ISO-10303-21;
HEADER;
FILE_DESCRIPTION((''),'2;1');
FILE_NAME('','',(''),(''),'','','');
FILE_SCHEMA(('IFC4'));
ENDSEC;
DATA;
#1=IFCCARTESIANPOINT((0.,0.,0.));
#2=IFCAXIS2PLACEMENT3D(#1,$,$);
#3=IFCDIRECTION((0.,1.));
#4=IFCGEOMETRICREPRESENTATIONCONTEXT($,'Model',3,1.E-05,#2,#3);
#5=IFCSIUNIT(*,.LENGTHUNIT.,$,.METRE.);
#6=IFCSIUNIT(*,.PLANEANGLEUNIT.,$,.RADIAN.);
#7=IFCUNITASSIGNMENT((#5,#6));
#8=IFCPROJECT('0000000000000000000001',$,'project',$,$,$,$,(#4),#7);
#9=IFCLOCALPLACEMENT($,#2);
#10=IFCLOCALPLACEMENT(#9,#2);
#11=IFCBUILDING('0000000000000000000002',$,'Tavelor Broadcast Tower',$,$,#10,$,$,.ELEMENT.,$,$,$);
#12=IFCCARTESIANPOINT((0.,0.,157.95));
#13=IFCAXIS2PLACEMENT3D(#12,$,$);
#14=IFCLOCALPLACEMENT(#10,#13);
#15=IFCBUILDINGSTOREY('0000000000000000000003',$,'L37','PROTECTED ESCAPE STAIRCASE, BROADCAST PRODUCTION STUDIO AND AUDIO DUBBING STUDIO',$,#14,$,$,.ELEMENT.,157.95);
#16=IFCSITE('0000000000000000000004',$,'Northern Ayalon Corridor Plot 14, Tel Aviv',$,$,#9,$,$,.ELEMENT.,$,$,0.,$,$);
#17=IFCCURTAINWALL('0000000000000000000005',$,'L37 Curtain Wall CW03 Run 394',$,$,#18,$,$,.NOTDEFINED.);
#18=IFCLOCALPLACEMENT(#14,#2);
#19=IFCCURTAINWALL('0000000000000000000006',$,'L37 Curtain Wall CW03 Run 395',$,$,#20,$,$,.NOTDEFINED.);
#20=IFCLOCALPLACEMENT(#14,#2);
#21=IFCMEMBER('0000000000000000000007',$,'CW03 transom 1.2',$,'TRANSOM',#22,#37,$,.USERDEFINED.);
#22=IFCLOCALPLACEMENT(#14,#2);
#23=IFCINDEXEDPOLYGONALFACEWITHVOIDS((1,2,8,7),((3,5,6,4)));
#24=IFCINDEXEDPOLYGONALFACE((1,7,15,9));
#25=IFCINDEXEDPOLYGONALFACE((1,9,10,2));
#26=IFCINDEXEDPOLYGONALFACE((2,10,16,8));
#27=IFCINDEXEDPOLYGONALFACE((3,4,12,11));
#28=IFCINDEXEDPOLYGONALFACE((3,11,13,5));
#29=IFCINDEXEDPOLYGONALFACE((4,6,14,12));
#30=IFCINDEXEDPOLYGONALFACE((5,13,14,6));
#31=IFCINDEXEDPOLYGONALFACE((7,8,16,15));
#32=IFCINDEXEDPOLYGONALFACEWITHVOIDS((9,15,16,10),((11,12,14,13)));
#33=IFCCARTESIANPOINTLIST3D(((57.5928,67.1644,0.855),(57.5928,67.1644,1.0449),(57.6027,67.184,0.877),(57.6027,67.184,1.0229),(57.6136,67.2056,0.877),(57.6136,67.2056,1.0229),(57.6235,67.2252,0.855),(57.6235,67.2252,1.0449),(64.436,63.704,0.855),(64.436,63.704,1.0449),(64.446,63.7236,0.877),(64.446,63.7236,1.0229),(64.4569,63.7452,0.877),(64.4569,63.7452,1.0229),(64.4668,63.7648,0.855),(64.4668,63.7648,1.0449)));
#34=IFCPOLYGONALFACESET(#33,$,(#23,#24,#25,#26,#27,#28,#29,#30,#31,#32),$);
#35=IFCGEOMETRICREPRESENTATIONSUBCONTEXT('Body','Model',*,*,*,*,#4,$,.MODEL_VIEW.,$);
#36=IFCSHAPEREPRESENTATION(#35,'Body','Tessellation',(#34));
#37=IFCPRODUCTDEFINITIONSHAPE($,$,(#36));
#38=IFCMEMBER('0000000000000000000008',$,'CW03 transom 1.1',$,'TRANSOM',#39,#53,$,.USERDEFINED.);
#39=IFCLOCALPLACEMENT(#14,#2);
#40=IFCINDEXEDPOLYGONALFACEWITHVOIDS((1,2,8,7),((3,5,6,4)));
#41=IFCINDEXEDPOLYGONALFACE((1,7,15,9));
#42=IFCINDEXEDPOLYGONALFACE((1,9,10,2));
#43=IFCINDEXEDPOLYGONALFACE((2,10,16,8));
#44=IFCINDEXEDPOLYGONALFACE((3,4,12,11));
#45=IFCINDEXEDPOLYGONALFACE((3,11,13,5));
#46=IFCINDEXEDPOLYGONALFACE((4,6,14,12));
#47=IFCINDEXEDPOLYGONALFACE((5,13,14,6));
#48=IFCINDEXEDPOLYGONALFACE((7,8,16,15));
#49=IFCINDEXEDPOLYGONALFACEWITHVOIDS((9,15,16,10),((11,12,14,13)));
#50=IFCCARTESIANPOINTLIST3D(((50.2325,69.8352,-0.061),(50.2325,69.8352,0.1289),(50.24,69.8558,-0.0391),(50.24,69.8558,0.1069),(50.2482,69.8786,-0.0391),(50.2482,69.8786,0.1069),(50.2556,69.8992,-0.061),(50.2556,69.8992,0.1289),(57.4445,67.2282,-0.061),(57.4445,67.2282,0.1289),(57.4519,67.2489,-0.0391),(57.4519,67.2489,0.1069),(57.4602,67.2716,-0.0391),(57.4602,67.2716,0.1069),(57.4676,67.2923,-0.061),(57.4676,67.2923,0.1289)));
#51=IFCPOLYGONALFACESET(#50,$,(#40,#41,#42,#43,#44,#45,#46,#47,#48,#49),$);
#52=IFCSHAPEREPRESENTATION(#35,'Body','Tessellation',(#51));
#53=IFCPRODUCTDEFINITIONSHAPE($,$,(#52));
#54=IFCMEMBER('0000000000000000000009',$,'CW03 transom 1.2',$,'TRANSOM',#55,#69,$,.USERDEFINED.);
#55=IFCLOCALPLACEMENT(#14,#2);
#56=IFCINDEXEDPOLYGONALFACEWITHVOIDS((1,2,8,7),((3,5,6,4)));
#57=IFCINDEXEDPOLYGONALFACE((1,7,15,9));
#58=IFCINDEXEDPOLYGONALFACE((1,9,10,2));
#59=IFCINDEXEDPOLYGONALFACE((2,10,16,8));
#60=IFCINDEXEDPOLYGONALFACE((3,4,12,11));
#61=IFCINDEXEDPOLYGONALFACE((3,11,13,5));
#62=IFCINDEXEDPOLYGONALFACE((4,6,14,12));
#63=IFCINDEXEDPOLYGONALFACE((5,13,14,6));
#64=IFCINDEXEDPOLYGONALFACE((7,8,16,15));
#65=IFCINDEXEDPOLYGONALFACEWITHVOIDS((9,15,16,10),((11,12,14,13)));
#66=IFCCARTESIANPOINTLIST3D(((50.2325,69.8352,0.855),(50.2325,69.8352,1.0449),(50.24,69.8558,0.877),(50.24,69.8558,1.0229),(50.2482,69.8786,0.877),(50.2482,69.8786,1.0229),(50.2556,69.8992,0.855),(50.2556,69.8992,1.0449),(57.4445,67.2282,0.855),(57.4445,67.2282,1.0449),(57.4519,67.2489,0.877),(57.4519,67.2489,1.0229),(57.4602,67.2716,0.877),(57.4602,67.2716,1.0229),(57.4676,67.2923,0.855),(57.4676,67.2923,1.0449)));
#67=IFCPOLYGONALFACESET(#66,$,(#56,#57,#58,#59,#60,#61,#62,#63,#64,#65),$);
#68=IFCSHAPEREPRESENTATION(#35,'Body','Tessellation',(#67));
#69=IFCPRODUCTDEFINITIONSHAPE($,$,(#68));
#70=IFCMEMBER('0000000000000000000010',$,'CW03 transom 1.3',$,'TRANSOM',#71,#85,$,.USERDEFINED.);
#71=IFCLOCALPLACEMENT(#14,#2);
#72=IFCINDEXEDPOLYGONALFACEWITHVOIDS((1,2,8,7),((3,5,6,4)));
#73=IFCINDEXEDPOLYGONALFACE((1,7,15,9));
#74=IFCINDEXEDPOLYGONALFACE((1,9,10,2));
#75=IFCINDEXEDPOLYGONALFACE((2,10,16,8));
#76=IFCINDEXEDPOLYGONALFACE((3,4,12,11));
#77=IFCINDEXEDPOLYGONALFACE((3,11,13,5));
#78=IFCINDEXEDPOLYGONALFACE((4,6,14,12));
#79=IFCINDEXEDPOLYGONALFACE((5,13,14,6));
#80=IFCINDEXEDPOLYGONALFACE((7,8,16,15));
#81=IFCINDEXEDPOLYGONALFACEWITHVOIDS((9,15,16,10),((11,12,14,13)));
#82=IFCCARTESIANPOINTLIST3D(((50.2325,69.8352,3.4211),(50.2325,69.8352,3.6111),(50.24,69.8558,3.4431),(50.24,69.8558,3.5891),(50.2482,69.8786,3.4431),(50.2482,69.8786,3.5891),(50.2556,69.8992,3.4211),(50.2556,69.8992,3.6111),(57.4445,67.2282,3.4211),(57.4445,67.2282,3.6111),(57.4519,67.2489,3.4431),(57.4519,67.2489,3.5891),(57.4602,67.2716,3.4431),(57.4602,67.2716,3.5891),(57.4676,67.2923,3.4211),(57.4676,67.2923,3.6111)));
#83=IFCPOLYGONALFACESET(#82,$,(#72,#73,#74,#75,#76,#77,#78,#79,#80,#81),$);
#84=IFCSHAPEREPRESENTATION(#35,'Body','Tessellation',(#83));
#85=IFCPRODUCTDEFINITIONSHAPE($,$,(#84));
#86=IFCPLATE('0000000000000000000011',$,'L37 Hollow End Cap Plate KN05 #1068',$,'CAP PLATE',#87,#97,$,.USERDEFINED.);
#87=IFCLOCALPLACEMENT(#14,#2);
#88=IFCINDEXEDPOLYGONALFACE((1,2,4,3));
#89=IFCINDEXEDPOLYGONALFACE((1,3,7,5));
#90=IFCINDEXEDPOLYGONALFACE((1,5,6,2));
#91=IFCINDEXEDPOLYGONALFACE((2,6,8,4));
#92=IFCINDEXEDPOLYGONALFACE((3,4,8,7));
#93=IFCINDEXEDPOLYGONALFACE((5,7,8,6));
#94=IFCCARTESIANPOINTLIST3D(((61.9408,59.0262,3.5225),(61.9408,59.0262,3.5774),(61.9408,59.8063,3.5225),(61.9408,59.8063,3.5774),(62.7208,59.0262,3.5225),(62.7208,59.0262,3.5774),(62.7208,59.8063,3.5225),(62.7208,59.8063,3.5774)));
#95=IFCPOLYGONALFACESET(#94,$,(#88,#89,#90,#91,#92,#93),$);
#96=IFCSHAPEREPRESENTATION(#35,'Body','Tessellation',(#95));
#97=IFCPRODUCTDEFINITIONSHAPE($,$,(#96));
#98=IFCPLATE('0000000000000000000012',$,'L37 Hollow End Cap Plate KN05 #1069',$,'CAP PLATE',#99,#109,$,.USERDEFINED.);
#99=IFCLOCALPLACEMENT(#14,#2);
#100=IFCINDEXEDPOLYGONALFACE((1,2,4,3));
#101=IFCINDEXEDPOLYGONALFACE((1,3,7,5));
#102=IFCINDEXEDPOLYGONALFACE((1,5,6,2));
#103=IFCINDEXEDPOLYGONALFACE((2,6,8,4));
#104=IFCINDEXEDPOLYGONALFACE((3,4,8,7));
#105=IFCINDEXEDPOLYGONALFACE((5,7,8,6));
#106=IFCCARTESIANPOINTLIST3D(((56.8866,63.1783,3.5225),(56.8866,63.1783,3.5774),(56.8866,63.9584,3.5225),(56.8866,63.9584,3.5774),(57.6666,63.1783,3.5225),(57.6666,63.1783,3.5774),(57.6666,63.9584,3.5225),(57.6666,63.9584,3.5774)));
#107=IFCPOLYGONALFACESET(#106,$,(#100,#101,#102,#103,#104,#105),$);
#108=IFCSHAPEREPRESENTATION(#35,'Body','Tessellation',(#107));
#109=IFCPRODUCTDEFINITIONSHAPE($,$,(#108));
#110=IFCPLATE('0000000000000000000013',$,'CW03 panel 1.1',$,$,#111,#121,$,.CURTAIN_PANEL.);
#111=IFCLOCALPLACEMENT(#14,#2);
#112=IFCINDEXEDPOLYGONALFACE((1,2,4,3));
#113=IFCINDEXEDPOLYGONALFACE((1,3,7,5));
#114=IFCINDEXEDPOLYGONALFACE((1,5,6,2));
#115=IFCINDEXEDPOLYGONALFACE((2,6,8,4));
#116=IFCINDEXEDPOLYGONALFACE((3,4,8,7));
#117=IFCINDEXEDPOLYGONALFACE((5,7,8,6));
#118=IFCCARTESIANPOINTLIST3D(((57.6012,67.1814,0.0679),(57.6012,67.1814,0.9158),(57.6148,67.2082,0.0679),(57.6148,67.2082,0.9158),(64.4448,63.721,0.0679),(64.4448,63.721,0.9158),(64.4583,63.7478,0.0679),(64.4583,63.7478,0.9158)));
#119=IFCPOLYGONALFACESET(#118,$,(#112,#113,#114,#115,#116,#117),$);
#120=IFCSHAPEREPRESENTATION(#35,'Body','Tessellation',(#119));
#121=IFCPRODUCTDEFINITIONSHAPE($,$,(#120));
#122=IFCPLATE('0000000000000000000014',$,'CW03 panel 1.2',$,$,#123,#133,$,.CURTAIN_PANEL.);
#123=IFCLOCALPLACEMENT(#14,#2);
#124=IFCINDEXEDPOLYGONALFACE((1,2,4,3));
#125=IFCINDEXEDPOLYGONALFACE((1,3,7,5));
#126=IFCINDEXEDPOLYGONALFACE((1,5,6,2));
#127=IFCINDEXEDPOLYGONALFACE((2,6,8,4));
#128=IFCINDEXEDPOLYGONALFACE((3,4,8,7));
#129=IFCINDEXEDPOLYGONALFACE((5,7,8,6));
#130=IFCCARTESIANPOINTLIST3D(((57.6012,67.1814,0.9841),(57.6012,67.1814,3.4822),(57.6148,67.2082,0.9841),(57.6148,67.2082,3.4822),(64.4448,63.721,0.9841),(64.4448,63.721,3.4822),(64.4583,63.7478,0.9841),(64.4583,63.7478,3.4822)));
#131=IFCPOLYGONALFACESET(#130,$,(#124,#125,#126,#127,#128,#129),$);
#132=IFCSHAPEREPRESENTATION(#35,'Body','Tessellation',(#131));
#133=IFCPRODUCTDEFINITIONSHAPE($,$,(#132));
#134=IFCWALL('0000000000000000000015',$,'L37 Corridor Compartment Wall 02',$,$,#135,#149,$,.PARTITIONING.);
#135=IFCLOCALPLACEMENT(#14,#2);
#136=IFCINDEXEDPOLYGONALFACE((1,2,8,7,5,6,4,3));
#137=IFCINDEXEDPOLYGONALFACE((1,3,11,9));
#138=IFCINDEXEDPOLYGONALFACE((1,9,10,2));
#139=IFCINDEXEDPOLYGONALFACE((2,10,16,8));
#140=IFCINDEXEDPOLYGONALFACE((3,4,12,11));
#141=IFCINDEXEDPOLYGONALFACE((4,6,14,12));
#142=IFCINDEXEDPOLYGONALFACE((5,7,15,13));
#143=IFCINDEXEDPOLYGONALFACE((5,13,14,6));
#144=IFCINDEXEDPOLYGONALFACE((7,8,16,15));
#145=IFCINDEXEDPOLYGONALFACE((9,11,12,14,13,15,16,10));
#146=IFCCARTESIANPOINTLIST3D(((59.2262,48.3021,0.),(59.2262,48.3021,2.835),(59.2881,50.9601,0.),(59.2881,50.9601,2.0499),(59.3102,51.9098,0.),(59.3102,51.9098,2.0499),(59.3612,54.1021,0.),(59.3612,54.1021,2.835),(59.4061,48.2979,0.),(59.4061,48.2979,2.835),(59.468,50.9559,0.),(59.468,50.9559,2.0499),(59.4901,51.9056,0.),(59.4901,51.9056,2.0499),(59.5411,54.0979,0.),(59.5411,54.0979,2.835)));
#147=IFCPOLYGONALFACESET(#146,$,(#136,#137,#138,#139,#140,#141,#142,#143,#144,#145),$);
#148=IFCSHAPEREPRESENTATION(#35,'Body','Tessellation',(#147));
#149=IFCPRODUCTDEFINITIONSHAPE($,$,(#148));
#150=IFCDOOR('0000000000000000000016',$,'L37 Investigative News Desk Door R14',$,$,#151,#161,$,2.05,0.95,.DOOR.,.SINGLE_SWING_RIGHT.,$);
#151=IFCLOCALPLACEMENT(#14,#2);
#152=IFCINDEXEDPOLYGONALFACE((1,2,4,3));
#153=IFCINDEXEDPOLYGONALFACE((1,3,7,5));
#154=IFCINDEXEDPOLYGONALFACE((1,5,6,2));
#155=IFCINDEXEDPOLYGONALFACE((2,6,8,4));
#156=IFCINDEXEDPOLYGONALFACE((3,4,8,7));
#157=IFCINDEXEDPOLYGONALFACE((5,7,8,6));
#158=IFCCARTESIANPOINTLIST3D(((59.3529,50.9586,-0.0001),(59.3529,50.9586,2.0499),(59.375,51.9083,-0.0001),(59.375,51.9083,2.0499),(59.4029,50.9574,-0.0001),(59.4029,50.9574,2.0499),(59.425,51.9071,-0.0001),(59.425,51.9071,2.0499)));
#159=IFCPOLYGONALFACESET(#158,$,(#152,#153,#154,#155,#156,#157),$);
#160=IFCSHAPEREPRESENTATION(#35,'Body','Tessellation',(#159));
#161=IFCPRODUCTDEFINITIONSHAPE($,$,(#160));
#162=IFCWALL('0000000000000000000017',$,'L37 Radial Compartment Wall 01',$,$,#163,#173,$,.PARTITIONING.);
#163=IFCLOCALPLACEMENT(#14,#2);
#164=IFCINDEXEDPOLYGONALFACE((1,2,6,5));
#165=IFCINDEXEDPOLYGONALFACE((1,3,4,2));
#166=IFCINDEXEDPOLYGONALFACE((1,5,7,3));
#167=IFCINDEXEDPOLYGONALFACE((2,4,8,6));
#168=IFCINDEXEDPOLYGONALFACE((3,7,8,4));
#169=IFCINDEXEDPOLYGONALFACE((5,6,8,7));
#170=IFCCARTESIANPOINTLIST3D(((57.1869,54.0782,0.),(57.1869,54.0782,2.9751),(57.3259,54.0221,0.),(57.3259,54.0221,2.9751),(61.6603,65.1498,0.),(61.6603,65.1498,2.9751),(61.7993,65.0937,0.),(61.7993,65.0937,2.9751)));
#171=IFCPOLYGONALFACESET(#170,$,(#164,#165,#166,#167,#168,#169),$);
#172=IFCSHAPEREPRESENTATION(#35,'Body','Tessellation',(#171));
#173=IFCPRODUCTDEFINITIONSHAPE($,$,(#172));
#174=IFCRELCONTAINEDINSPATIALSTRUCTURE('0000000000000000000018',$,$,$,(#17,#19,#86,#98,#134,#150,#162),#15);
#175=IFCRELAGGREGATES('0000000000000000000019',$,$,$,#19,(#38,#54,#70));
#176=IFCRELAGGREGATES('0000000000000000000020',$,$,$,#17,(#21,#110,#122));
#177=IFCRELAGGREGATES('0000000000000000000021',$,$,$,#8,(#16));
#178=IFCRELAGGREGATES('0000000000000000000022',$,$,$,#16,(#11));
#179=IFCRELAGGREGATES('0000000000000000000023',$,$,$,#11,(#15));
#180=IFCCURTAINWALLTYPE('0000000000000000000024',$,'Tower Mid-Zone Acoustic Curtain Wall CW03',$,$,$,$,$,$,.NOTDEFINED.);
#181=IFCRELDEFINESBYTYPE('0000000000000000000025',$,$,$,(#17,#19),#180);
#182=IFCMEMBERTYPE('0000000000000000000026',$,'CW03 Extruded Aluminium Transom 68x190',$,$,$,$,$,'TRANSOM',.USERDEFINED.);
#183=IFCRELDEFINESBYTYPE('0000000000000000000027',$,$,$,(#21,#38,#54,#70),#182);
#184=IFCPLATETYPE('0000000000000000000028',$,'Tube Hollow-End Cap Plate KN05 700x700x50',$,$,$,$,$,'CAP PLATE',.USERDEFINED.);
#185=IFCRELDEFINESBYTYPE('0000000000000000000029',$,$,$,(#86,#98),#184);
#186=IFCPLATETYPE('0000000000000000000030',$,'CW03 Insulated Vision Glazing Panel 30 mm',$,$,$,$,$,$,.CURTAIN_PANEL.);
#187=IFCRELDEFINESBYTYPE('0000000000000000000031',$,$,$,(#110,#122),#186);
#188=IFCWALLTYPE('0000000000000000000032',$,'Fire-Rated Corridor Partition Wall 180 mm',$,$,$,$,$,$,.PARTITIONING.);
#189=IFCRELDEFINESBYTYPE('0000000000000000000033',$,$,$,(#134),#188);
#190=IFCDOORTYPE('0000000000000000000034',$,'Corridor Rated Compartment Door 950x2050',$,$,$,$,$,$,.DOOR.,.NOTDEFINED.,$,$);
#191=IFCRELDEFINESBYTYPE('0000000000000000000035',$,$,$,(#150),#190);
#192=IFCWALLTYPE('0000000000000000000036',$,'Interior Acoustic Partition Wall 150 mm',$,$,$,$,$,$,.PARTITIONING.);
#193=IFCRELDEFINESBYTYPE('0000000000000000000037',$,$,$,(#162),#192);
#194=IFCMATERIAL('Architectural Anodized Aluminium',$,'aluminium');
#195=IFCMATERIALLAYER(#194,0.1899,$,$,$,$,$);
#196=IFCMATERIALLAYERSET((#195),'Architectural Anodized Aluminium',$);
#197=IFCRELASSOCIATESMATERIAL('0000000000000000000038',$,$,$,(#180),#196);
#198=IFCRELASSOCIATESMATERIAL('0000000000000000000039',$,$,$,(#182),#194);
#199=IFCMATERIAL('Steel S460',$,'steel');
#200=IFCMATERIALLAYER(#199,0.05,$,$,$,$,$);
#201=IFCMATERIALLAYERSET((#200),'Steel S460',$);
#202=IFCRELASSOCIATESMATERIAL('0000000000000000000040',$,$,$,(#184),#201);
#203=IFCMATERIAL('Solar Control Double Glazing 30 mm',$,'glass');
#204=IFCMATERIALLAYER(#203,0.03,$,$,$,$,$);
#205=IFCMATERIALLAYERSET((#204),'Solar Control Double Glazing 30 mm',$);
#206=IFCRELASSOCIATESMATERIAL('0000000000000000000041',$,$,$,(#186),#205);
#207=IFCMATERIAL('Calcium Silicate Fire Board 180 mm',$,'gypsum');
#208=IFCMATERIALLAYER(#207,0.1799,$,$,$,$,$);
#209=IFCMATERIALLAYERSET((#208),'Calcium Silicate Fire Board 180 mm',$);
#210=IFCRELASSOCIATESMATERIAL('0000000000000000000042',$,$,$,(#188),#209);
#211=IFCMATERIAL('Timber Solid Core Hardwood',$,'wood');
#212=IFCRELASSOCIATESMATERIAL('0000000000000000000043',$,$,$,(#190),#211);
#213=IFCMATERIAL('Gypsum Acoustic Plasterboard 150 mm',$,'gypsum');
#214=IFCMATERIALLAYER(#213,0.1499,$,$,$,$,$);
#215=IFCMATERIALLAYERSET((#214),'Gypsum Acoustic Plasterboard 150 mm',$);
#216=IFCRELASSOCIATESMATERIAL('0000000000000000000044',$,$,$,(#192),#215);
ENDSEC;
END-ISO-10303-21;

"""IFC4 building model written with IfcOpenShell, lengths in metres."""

from ifc_helpers import new_model, si_unit, direction, frame, frame_2d, origin, origin_2d, place, context, subcontext, project, spatial, rectangle, hollow_rectangle, extrude, source, transform, mapped, material, layer, layer_set, material_profile, profile_set, type_object, type_shapes, element, fill, aggregate, save


model = new_model("IFC4")

# Units and contexts
model_context = context("Model", 3, precision=1e-05, world=origin(), true_north=direction((0.0, 1.0)))
body_context = subcontext(model_context, "Body", "Model", "MODEL_VIEW")
ifc_project = project(units=[si_unit("LENGTHUNIT", "METRE"), si_unit("PLANEANGLEUNIT", "RADIAN")], contexts=[model_context])

# Site, building, storey
site_placement = place(None, origin())
site = spatial("IfcSite", under=ifc_project, at=site_placement, Name="Northern Ayalon Corridor Plot 14, Tel Aviv", CompositionType="ELEMENT", RefElevation=0.0)
building_placement = place(site_placement, origin())
building = spatial("IfcBuilding", under=site, at=building_placement, Name="Tavelor Broadcast Tower", CompositionType="ELEMENT")
storey_placement = place(building_placement, frame((0.0, 0.0, 157.95)))
storey = spatial("IfcBuildingStorey", under=building, at=storey_placement, Name="L37", Description="PROTECTED ESCAPE STAIRCASE, BROADCAST PRODUCTION STUDIO AND AUDIO DUBBING STUDIO", CompositionType="ELEMENT", Elevation=157.95)

# Shared definitions
ifc_material_1 = material(Name="Steel S460", Category="steel")

# Curtain walls
ifc_material_2 = material(Name="Architectural Anodized Aluminium", Category="aluminium")
ifc_layer_1 = layer(ifc_material_2, 0.1899)
ifc_layer_set_1 = layer_set([ifc_layer_1], Name="Architectural Anodized Aluminium")
curtain_wall_type = type_object("IfcCurtainWallType", Name="Tower Mid-Zone Acoustic Curtain Wall CW03", PredefinedType="NOTDEFINED", material=ifc_layer_set_1)
curtain_wall_1_placement = place(storey_placement, origin())
curtain_wall_1 = element("IfcCurtainWall", 1, at=curtain_wall_1_placement, inside=storey, type_object=curtain_wall_type, Name="L37 Curtain Wall CW03 Run 394", PredefinedType="NOTDEFINED")
curtain_wall_2_placement = place(storey_placement, origin())
curtain_wall_2 = element("IfcCurtainWall", 2, at=curtain_wall_2_placement, inside=storey, type_object=curtain_wall_type, Name="L37 Curtain Wall CW03 Run 395", PredefinedType="NOTDEFINED")

# Members
ifc_material_profile_1 = material_profile(ifc_material_2, hollow_rectangle(XDim=0.0681, YDim=0.1899, WallThickness=0.022, at=origin_2d()), Name="RHS 68x190x22")
ifc_profile_set_1 = profile_set([ifc_material_profile_1], Name="Architectural Anodized Aluminium")
member_type_1 = type_object("IfcMemberType", Name="CW03 Extruded Aluminium Transom 68x190", ElementType="TRANSOM", PredefinedType="USERDEFINED", material=ifc_profile_set_1)
shared_shape_1 = source(origin(), body_context, "Body", "SweptSolid", [
    extrude(hollow_rectangle(XDim=0.0681, YDim=0.1899, WallThickness=0.022, at=origin_2d()), origin(), (0.0, 0.0, 1.0), 7.6685),
])
member_1_placement = place(storey_placement, frame((64.4514, 63.7344, 0.95), z_axis=(-0.892393, 0.451259, 0.0), x_axis=(-0.451259, -0.892393, 0.0)))
member_1 = element("IfcMember", 3, at=member_1_placement, type_object=member_type_1, Name="CW03 transom 1.2", ObjectType="TRANSOM", PredefinedType="USERDEFINED", context=body_context, shape_type="MappedRepresentation", body=[
    mapped(shared_shape_1, transform((0.0, 0.0, 0.0), scale=1.0)),
])
shared_shape_2 = source(origin(), body_context, "Body", "SweptSolid", [
    extrude(hollow_rectangle(XDim=0.0681, YDim=0.1899, WallThickness=0.022, at=origin_2d()), origin(), (0.0, 0.0, 1.0), 7.6687),
])
type_shapes(member_type_1, [shared_shape_1, shared_shape_2])
member_2_placement = place(storey_placement, frame((57.4561, 67.2603, 0.0339), z_axis=(-0.940444, 0.339948, 0.0), x_axis=(-0.339948, -0.940444, 0.0)))
member_2 = element("IfcMember", 4, at=member_2_placement, type_object=member_type_1, Name="CW03 transom 1.1", ObjectType="TRANSOM", PredefinedType="USERDEFINED", context=body_context, shape_type="MappedRepresentation", body=[
    mapped(shared_shape_2, transform((0.0, 0.0, 0.0), scale=1.0)),
])
member_3_placement = place(storey_placement, frame((57.4561, 67.2603, 0.95), z_axis=(-0.940444, 0.339948, 0.0), x_axis=(-0.339948, -0.940444, 0.0)))
member_3 = element("IfcMember", 5, at=member_3_placement, type_object=member_type_1, Name="CW03 transom 1.2", ObjectType="TRANSOM", PredefinedType="USERDEFINED", context=body_context, shape_type="MappedRepresentation", body=[
    mapped(shared_shape_2, transform((0.0, 0.0, 0.0), scale=1.0)),
])
member_4_placement = place(storey_placement, frame((57.4561, 67.2603, 3.5161), z_axis=(-0.940444, 0.339948, 0.0), x_axis=(-0.339948, -0.940444, 0.0)))
member_4 = element("IfcMember", 6, at=member_4_placement, type_object=member_type_1, Name="CW03 transom 1.3", ObjectType="TRANSOM", PredefinedType="USERDEFINED", context=body_context, shape_type="MappedRepresentation", body=[
    mapped(shared_shape_2, transform((0.0, 0.0, 0.0), scale=1.0)),
])
aggregate(curtain_wall_2, [member_2, member_3, member_4])

# Plates
ifc_layer_2 = layer(ifc_material_1, 0.05)
ifc_layer_set_2 = layer_set([ifc_layer_2], Name="Steel S460")
plate_type_1 = type_object("IfcPlateType", Name="Tube Hollow-End Cap Plate KN05 700x700x50", ElementType="CAP PLATE", PredefinedType="USERDEFINED", material=ifc_layer_set_2)
shared_shape_3 = source(origin(), body_context, "Body", "SweptSolid", [
    extrude(rectangle(XDim=0.78, YDim=0.78, at=origin_2d()), origin(), (0.0, 0.0, 1.0), 0.0549),
])
type_shapes(plate_type_1, [shared_shape_3])
for number, where, z_axis, x_axis, name in (
    (7, (62.3308, 59.4163, 3.5225), (0.0, 0.0, 1.0), (1.0, 0.0, 0.0), "L37 Hollow End Cap Plate KN05 #1068"),
    (8, (57.2766, 63.5684, 3.5225), (0.0, 0.0, 1.0), (1.0, 0.0, 0.0), "L37 Hollow End Cap Plate KN05 #1069"),
):
    element("IfcPlate", number, at=place(storey_placement, frame(where, z_axis=z_axis, x_axis=x_axis)), inside=storey, type_object=plate_type_1, Name=name, ObjectType="CAP PLATE", PredefinedType="USERDEFINED", context=body_context, shape_type="MappedRepresentation", body=[
        mapped(shared_shape_3, transform((0.0, 0.0, 0.0), scale=1.0)),
    ])

# Plates
ifc_material_3 = material(Name="Solar Control Double Glazing 30 mm", Category="glass")
ifc_layer_3 = layer(ifc_material_3, 0.03)
ifc_layer_set_3 = layer_set([ifc_layer_3], Name="Solar Control Double Glazing 30 mm")
plate_type_2 = type_object("IfcPlateType", Name="CW03 Insulated Vision Glazing Panel 30 mm", PredefinedType="CURTAIN_PANEL", material=ifc_layer_set_3)
shared_shape_4 = source(origin(), body_context, "Body", "SweptSolid", [
    extrude(rectangle(XDim=7.6687, YDim=0.03, at=origin_2d()), origin(), (0.0, 0.0, 1.0), 0.8479),
])
plate_1_placement = place(storey_placement, frame((61.0298, 65.4646, 0.0679), z_axis=(0.0, 0.0, 1.0), x_axis=(-0.892399, 0.451248, 0.0)))
plate_1 = element("IfcPlate", 9, at=plate_1_placement, type_object=plate_type_2, Name="CW03 panel 1.1", PredefinedType="CURTAIN_PANEL", context=body_context, shape_type="MappedRepresentation", body=[
    mapped(shared_shape_4, transform((0.0, 0.0, 0.0), scale=1.0)),
])
shared_shape_5 = source(origin(), body_context, "Body", "SweptSolid", [
    extrude(rectangle(XDim=7.6687, YDim=0.03, at=origin_2d()), origin(), (0.0, 0.0, 1.0), 2.498),
])
type_shapes(plate_type_2, [shared_shape_4, shared_shape_5])
plate_2_placement = place(storey_placement, frame((61.0298, 65.4646, 0.9841), z_axis=(0.0, 0.0, 1.0), x_axis=(-0.892399, 0.451248, 0.0)))
plate_2 = element("IfcPlate", 10, at=plate_2_placement, type_object=plate_type_2, Name="CW03 panel 1.2", PredefinedType="CURTAIN_PANEL", context=body_context, shape_type="MappedRepresentation", body=[
    mapped(shared_shape_5, transform((0.0, 0.0, 0.0), scale=1.0)),
])
aggregate(curtain_wall_1, [member_1, plate_1, plate_2])

# Wall, opening, door
ifc_material_4 = material(Name="Calcium Silicate Fire Board 180 mm", Category="gypsum")
ifc_layer_4 = layer(ifc_material_4, 0.1799)
ifc_layer_set_4 = layer_set([ifc_layer_4], Name="Calcium Silicate Fire Board 180 mm")
wall_type_1 = type_object("IfcWallType", Name="Fire-Rated Corridor Partition Wall 180 mm", PredefinedType="PARTITIONING", material=ifc_layer_set_4)
wall_1_placement = place(storey_placement, frame((59.4512, 54.1001, 0.0), z_axis=(0.0, 0.0, 1.0), x_axis=(-0.023271, -0.999729, 0.0)))
wall_1 = element("IfcWall", 11, at=wall_1_placement, inside=storey, type_object=wall_type_1, Name="L37 Corridor Compartment Wall 02", PredefinedType="PARTITIONING", context=body_context, shape_type="SweptSolid", body=[
    extrude(rectangle(XDim=5.8015, YDim=0.1799, at=frame_2d((2.9009, 0.0))), origin(), (0.0, 0.0, 1.0), 2.835),
])
opening_1_placement = place(wall_1_placement, frame((2.1929, 0.0, 0.0)))
opening_1 = element("IfcOpeningElement", 12, at=opening_1_placement, cuts=wall_1, PredefinedType="OPENING", context=body_context, shape_type="SweptSolid", body=[
    extrude(rectangle(XDim=0.95, YDim=2.05, at=frame_2d((0.4751, 1.0249))), frame((0.0, 0.1001, 0.0), z_axis=(0.0, -1.0, 0.0), x_axis=(1.0, 0.0, 0.0)), (0.0, 0.0, 1.0), 0.2),
])
ifc_material_5 = material(Name="Timber Solid Core Hardwood", Category="wood")
door_type = type_object("IfcDoorType", Name="Corridor Rated Compartment Door 950x2050", OperationType="NOTDEFINED", PredefinedType="DOOR", material=ifc_material_5)
door_1_placement = place(opening_1_placement, origin())
door_1 = element("IfcDoor", 13, at=door_1_placement, inside=storey, type_object=door_type, Name="L37 Investigative News Desk Door R14", OperationType="SINGLE_SWING_RIGHT", OverallHeight=2.05, OverallWidth=0.95, PredefinedType="DOOR", context=body_context, shape_type="SweptSolid", body=[
    extrude(rectangle(XDim=0.95, YDim=2.05, at=frame_2d((0.4751, 1.0249))), frame((0.0, 0.0249, 0.0), z_axis=(0.0, -1.0, 0.0), x_axis=(1.0, 0.0, 0.0)), (0.0, 0.0, 1.0), 0.05),
])
fill(opening_1, door_1)

# Wall
ifc_material_6 = material(Name="Gypsum Acoustic Plasterboard 150 mm", Category="gypsum")
ifc_layer_5 = layer(ifc_material_6, 0.1499)
ifc_layer_set_5 = layer_set([ifc_layer_5], Name="Gypsum Acoustic Plasterboard 150 mm")
wall_type_2 = type_object("IfcWallType", Name="Interior Acoustic Partition Wall 150 mm", PredefinedType="PARTITIONING", material=ifc_layer_set_5)
wall_2_placement = place(storey_placement, frame((57.2563, 54.05, 0.0), z_axis=(0.0, 0.0, 1.0), x_axis=(0.374621, 0.927178, 0.0)))
element("IfcWall", 14, at=wall_2_placement, inside=storey, type_object=wall_type_2, Name="L37 Radial Compartment Wall 01", PredefinedType="PARTITIONING", context=body_context, shape_type="SweptSolid", body=[
    extrude(rectangle(XDim=11.9412, YDim=0.1499, at=frame_2d((5.9707, 0.0))), origin(), (0.0, 0.0, 1.0), 2.9751),
])

save(model, "model.ifc")
